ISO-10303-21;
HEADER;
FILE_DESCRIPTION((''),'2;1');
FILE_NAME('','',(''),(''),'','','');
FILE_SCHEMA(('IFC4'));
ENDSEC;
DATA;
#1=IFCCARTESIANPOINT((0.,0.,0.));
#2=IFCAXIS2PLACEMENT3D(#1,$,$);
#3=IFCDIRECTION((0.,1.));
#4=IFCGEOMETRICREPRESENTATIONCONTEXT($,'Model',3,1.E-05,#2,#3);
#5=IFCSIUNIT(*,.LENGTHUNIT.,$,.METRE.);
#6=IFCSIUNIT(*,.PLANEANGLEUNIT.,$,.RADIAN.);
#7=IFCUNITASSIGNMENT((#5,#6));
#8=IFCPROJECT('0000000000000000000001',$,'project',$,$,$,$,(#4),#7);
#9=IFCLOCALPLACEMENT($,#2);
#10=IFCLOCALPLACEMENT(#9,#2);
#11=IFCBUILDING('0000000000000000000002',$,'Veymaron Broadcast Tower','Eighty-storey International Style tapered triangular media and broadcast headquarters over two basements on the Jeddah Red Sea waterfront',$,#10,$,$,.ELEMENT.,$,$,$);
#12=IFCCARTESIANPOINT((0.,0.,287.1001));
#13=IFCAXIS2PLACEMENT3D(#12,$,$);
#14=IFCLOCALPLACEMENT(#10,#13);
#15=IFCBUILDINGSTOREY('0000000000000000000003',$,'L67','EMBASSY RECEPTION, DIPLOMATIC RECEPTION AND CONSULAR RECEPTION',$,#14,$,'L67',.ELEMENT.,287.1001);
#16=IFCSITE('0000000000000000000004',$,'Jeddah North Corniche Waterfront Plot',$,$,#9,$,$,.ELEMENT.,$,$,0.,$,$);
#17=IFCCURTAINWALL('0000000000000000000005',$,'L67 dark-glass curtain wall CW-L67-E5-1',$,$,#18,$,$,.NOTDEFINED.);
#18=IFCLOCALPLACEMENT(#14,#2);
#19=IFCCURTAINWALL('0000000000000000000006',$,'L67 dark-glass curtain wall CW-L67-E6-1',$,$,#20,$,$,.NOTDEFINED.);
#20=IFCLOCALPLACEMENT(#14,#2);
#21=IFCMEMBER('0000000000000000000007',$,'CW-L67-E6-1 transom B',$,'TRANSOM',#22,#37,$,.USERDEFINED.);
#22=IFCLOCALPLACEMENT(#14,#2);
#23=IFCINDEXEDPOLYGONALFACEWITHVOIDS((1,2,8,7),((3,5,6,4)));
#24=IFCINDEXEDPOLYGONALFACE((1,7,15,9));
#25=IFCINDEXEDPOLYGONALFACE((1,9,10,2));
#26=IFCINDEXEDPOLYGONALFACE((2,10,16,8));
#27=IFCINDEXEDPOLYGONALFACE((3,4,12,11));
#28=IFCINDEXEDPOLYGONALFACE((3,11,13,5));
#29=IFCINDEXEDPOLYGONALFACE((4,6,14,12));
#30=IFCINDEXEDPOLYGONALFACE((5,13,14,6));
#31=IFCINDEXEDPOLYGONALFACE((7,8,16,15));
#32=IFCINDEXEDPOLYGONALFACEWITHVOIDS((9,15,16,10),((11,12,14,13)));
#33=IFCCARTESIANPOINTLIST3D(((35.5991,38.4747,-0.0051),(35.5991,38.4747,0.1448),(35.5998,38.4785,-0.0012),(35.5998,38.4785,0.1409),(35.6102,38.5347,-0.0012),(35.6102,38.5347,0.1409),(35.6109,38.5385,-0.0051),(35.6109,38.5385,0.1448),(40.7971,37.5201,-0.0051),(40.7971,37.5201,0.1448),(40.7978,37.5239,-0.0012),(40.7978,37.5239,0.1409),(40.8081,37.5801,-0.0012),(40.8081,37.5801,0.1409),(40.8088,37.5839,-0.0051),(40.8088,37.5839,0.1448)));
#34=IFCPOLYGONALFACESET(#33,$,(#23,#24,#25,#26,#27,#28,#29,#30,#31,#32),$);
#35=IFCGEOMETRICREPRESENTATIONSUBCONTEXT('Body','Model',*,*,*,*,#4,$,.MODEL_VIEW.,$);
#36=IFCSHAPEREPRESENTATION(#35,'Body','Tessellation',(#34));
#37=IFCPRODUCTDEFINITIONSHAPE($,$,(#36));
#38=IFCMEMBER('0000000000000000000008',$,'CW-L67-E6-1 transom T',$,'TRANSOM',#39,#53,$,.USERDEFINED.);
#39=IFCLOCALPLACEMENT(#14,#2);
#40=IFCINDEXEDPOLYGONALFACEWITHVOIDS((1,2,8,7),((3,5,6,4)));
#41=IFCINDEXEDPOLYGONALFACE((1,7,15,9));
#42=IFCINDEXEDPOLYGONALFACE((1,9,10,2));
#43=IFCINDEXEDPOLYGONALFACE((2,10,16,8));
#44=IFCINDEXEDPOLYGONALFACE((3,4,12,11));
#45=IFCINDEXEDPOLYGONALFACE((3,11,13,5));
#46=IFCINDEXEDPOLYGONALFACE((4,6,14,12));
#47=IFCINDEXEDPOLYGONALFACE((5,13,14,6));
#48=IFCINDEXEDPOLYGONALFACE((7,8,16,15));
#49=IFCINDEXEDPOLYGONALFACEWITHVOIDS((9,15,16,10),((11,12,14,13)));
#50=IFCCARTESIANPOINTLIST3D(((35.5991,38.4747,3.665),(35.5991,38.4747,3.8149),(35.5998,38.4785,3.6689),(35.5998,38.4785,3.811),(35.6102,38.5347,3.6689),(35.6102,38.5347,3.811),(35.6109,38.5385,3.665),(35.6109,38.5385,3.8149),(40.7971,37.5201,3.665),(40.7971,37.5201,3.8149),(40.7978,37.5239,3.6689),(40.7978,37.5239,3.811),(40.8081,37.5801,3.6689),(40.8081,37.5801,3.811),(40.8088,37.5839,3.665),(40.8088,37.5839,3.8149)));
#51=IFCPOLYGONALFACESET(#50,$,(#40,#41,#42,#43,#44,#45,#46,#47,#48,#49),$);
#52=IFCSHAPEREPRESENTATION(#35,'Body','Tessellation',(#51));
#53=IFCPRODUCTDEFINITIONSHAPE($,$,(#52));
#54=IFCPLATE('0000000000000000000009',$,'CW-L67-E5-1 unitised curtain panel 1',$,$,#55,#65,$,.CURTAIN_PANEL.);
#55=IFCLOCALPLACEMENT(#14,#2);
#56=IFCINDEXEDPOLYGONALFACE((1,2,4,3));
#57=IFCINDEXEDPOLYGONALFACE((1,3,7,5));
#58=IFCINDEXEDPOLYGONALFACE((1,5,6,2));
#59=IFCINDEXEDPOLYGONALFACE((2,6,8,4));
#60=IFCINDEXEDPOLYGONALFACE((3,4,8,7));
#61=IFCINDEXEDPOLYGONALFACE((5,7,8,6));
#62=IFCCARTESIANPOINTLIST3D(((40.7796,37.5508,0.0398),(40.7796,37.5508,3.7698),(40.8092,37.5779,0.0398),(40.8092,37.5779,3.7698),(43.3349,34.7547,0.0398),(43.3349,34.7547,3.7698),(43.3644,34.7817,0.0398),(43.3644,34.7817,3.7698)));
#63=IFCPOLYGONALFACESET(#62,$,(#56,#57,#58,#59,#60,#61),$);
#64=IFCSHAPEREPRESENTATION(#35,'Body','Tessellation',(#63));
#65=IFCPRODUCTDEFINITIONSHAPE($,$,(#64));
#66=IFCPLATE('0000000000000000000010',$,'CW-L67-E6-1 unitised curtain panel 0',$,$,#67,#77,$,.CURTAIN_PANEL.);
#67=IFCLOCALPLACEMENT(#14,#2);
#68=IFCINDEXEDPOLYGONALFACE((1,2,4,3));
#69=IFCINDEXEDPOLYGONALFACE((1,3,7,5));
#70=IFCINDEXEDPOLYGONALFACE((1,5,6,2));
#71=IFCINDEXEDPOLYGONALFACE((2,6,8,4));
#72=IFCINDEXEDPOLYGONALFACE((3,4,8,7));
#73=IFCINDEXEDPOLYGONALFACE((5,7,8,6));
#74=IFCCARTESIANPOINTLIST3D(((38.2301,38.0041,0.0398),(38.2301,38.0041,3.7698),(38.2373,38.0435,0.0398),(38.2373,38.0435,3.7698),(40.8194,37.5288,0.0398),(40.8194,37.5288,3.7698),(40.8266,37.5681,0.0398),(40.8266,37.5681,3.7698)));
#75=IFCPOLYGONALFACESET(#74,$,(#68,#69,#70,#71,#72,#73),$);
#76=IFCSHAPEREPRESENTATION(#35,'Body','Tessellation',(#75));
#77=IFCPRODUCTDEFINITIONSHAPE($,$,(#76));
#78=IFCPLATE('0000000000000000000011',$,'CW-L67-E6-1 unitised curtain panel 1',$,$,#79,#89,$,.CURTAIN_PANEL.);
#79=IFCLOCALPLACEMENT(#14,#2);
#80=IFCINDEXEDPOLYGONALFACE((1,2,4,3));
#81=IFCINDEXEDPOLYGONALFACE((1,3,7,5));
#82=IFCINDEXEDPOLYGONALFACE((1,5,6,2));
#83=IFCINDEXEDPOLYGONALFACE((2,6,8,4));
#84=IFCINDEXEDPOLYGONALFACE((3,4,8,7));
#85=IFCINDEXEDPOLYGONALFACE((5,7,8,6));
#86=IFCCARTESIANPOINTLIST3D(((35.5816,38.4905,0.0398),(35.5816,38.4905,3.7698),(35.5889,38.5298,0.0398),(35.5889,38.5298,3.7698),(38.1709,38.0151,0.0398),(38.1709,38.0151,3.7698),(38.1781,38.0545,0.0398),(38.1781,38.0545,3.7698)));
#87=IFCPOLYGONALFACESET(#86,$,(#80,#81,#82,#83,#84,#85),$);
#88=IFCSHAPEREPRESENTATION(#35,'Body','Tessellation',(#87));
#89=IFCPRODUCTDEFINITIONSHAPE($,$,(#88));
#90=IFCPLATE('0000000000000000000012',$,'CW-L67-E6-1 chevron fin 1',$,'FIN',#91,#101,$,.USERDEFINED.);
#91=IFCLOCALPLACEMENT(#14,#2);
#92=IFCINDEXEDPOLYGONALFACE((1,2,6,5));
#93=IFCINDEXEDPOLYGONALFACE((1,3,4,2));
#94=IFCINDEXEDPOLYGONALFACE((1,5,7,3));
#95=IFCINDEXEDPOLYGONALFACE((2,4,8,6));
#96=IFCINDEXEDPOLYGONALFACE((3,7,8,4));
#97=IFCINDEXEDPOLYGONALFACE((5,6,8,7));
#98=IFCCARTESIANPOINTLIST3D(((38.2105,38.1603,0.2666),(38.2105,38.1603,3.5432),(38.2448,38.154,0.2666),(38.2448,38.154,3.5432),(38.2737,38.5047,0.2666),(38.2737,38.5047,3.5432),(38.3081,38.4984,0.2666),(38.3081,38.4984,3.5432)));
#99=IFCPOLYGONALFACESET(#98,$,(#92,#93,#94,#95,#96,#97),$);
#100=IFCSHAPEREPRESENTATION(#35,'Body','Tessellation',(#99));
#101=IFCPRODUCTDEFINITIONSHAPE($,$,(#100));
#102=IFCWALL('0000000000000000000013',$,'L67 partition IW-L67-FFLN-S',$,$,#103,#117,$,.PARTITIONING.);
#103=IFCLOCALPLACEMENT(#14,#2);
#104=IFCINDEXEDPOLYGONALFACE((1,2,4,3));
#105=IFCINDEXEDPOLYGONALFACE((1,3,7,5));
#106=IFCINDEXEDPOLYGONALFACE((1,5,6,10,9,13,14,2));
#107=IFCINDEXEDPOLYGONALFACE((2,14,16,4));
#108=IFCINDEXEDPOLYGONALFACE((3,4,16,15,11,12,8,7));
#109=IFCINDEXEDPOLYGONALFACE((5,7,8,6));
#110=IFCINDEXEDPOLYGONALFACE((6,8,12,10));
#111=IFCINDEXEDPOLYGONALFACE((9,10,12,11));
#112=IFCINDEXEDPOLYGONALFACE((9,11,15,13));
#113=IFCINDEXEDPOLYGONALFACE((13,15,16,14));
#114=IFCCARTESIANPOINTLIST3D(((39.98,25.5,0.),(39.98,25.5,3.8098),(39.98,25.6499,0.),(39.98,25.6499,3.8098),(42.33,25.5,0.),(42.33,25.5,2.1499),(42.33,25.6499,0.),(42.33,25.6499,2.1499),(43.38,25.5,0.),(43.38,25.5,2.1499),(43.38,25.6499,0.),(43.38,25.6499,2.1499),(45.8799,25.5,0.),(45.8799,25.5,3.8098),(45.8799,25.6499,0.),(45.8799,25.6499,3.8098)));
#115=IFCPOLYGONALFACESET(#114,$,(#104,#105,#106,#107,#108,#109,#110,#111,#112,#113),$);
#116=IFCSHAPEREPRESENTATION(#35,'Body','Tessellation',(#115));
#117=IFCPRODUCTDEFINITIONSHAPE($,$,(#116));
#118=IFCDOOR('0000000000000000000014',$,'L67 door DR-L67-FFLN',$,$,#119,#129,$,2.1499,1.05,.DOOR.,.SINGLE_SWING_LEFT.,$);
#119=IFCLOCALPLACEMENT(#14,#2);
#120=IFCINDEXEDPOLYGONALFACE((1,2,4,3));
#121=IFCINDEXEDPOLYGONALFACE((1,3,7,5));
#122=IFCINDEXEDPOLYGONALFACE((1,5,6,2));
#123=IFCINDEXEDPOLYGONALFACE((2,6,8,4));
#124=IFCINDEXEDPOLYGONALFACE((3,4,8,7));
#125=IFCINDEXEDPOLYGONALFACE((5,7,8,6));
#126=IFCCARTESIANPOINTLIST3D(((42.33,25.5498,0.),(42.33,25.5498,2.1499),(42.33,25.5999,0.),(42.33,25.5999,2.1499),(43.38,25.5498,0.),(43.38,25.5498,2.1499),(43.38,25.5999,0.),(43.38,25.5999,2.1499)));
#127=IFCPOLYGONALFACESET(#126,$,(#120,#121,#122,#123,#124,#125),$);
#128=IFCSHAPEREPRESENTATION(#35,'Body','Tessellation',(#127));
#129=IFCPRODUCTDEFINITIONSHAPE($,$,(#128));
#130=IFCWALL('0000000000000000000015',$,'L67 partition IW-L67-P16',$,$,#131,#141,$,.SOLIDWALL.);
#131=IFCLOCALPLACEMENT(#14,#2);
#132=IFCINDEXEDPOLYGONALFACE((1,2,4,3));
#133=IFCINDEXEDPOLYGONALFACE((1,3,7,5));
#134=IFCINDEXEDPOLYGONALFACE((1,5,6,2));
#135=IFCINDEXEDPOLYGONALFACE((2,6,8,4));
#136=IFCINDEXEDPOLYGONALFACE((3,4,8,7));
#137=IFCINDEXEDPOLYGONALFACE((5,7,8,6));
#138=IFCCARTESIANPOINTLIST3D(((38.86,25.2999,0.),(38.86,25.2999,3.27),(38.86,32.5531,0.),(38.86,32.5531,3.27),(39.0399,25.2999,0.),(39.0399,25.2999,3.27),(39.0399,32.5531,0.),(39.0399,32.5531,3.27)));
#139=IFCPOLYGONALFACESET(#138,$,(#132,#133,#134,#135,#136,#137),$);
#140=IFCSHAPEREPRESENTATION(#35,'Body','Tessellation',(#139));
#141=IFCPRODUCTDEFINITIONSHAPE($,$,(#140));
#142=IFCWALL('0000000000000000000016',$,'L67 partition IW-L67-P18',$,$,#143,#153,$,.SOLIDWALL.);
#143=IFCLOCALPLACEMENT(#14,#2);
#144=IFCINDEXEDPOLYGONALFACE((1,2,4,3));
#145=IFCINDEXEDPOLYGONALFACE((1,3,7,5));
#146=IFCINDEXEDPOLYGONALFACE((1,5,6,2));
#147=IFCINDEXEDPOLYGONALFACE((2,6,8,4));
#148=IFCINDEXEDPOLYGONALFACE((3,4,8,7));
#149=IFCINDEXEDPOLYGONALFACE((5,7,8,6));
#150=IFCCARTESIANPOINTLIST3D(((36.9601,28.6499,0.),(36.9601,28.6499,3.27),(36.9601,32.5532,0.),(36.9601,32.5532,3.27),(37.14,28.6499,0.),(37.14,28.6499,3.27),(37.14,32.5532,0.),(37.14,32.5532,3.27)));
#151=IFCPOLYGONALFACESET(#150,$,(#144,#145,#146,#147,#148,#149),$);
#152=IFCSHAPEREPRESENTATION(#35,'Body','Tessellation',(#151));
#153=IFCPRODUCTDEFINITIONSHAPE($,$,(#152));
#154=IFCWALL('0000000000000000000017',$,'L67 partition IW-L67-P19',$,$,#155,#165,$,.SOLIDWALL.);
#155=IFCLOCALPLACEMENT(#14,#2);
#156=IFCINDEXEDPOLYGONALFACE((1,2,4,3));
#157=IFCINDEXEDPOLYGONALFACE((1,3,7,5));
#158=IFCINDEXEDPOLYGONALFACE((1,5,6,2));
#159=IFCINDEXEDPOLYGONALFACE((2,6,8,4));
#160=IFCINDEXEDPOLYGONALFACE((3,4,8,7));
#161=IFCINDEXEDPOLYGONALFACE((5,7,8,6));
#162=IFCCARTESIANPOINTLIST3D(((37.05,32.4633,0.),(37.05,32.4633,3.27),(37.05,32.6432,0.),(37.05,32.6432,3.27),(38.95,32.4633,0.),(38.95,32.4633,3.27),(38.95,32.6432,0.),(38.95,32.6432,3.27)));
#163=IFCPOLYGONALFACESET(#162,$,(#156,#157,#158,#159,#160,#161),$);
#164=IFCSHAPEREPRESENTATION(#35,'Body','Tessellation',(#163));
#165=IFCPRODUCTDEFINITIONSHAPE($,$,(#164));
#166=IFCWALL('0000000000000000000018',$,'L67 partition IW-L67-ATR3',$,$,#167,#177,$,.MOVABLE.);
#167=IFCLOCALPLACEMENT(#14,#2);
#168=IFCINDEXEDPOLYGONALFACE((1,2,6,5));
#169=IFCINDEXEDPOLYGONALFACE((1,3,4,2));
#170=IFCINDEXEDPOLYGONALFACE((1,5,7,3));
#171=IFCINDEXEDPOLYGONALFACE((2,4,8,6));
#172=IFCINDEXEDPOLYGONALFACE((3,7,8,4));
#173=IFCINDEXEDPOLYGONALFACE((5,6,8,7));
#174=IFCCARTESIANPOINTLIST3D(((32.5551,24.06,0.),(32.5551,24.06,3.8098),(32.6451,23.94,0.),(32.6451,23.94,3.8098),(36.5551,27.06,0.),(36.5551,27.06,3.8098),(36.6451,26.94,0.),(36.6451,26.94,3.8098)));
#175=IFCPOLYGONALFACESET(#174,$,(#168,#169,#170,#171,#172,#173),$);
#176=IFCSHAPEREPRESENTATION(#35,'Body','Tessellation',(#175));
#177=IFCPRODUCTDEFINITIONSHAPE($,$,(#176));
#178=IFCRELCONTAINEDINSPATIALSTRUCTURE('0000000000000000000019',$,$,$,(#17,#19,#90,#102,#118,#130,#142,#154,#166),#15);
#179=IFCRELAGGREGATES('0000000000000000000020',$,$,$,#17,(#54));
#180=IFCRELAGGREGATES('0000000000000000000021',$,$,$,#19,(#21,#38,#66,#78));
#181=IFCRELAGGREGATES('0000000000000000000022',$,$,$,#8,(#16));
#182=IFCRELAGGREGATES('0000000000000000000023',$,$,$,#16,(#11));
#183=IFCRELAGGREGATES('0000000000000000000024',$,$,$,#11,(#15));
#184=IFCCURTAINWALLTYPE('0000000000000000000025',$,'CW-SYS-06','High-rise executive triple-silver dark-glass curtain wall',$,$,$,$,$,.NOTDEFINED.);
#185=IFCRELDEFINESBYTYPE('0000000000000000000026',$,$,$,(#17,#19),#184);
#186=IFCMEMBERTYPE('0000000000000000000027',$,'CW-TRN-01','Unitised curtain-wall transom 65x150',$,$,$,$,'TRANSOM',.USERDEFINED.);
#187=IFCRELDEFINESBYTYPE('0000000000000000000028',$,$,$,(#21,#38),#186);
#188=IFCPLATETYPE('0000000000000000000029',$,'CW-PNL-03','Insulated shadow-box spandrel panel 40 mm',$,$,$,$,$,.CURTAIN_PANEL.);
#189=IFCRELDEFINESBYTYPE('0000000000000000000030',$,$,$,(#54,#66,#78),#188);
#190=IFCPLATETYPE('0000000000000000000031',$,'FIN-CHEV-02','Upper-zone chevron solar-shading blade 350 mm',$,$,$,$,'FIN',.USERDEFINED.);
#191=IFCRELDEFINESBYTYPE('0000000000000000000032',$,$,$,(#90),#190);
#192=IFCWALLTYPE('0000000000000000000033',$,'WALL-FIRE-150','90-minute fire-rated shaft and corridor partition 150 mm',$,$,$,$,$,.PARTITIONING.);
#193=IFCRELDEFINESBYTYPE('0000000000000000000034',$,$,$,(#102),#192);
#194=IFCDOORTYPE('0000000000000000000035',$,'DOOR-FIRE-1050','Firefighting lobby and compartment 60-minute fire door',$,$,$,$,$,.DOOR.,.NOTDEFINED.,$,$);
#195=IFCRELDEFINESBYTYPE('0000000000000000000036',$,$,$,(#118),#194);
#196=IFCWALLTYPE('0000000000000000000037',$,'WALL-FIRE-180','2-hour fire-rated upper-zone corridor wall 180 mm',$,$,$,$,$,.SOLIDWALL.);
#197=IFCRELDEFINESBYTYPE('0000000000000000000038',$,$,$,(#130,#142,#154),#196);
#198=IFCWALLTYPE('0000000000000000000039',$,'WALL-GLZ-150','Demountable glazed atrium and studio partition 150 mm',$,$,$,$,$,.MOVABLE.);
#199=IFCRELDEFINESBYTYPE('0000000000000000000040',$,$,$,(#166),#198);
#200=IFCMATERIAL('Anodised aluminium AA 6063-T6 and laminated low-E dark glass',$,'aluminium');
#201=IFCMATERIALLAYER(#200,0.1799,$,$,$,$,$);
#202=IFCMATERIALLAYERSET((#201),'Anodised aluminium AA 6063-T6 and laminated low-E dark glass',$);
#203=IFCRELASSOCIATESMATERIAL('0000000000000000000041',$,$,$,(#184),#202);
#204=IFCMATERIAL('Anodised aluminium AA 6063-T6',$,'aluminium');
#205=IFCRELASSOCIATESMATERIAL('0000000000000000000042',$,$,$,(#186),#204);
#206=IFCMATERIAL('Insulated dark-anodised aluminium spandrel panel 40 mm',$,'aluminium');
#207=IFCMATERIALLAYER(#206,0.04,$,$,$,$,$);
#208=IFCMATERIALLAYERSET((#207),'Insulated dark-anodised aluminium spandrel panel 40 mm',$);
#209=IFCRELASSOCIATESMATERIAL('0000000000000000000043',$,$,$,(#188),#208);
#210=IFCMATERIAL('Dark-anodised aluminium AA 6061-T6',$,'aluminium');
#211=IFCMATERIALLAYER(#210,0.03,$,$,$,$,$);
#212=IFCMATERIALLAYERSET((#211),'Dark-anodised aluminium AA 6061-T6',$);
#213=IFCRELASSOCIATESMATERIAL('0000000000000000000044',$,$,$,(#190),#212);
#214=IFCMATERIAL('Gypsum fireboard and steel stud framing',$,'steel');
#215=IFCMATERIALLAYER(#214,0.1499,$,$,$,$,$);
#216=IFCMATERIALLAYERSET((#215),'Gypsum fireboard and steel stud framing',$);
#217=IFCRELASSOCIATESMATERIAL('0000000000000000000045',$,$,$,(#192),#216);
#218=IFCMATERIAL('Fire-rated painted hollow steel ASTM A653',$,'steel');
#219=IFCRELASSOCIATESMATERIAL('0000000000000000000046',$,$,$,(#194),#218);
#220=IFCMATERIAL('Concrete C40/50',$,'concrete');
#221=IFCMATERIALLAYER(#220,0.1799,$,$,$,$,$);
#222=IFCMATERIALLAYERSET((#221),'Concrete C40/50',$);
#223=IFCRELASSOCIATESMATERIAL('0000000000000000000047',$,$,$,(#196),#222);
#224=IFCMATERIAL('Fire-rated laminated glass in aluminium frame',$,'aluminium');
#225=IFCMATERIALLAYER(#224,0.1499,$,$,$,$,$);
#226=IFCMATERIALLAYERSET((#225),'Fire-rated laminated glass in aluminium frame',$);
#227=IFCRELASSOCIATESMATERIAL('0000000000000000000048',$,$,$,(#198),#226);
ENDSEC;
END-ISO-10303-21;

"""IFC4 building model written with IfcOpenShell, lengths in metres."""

from ifc_helpers import new_model, si_unit, direction, frame, frame_2d, origin, origin_2d, place, context, subcontext, project, spatial, rectangle, hollow_rectangle, extrude, material, layer, layer_set, material_profile, profile_set, type_object, element, fill, aggregate, save


model = new_model("IFC4")

# Units and contexts
model_context = context("Model", 3, precision=1e-05, world=origin(), true_north=direction((0.0, 1.0)))
body_context = subcontext(model_context, "Body", "Model", "MODEL_VIEW")
ifc_project = project(units=[si_unit("LENGTHUNIT", "METRE"), si_unit("PLANEANGLEUNIT", "RADIAN")], contexts=[model_context])

# Site, building, storey
site_placement = place(None, origin())
site = spatial("IfcSite", under=ifc_project, at=site_placement, Name="Jeddah North Corniche Waterfront Plot", CompositionType="ELEMENT", RefElevation=0.0)
building_placement = place(site_placement, origin())
building = spatial("IfcBuilding", under=site, at=building_placement, Name="Veymaron Broadcast Tower", Description="Eighty-storey International Style tapered triangular media and broadcast headquarters over two basements on the Jeddah Red Sea waterfront", CompositionType="ELEMENT")
storey_placement = place(building_placement, frame((0.0, 0.0, 287.1001)))
storey = spatial("IfcBuildingStorey", under=building, at=storey_placement, Name="L67", Description="EMBASSY RECEPTION, DIPLOMATIC RECEPTION AND CONSULAR RECEPTION", LongName="L67", CompositionType="ELEMENT", Elevation=287.1001)

# Curtain walls, members
ifc_material_1 = material(Name="Anodised aluminium AA 6063-T6 and laminated low-E dark glass", Category="aluminium")
ifc_layer_1 = layer(ifc_material_1, 0.1799)
ifc_layer_set_1 = layer_set([ifc_layer_1], Name="Anodised aluminium AA 6063-T6 and laminated low-E dark glass")
curtain_wall_type = type_object("IfcCurtainWallType", Name="CW-SYS-06", Description="High-rise executive triple-silver dark-glass curtain wall", PredefinedType="NOTDEFINED", material=ifc_layer_set_1)
curtain_wall_1_placement = place(storey_placement, origin())
curtain_wall_1 = element("IfcCurtainWall", 1, at=curtain_wall_1_placement, inside=storey, type_object=curtain_wall_type, Name="L67 dark-glass curtain wall CW-L67-E5-1", PredefinedType="NOTDEFINED")
ifc_material_2 = material(Name="Anodised aluminium AA 6063-T6", Category="aluminium")
curtain_wall_2_placement = place(storey_placement, origin())
curtain_wall_2 = element("IfcCurtainWall", 2, at=curtain_wall_2_placement, inside=storey, type_object=curtain_wall_type, Name="L67 dark-glass curtain wall CW-L67-E6-1", PredefinedType="NOTDEFINED")
ifc_material_profile_1 = material_profile(ifc_material_2, hollow_rectangle(XDim=0.0649, YDim=0.1499, WallThickness=0.0039, at=origin_2d()), Name="AL150X65X4")
ifc_profile_set_1 = profile_set([ifc_material_profile_1], Name="Anodised aluminium AA 6063-T6")
member_type_1 = type_object("IfcMemberType", Name="CW-TRN-01", Description="Unitised curtain-wall transom 65x150", ElementType="TRANSOM", PredefinedType="USERDEFINED", material=ifc_profile_set_1)
member_1_placement = place(storey_placement, frame((40.803, 37.552, 0.0698), z_axis=(-0.983552, 0.180625, 0.0), x_axis=(-0.180625, -0.983552, 0.0)))
member_1 = element("IfcMember", 3, at=member_1_placement, type_object=member_type_1, Name="CW-L67-E6-1 transom B", ObjectType="TRANSOM", PredefinedType="USERDEFINED", context=body_context, shape_type="SweptSolid", body=[
    extrude(hollow_rectangle(XDim=0.0649, YDim=0.1499, WallThickness=0.0039, at=origin_2d()), origin(), (0.0, 0.0, 1.0), 5.2849),
])
member_2_placement = place(storey_placement, frame((40.803, 37.552, 3.74), z_axis=(-0.983552, 0.180625, 0.0), x_axis=(-0.180625, -0.983552, 0.0)))
member_2 = element("IfcMember", 4, at=member_2_placement, type_object=member_type_1, Name="CW-L67-E6-1 transom T", ObjectType="TRANSOM", PredefinedType="USERDEFINED", context=body_context, shape_type="SweptSolid", body=[
    extrude(hollow_rectangle(XDim=0.0649, YDim=0.1499, WallThickness=0.0039, at=origin_2d()), origin(), (0.0, 0.0, 1.0), 5.2849),
])

# Plates
ifc_material_3 = material(Name="Insulated dark-anodised aluminium spandrel panel 40 mm", Category="aluminium")
ifc_layer_2 = layer(ifc_material_3, 0.04)
ifc_layer_set_2 = layer_set([ifc_layer_2], Name="Insulated dark-anodised aluminium spandrel panel 40 mm")
plate_type_1 = type_object("IfcPlateType", Name="CW-PNL-03", Description="Insulated shadow-box spandrel panel 40 mm", PredefinedType="CURTAIN_PANEL", material=ifc_layer_set_2)
plate_1_placement = place(storey_placement, frame((42.072, 36.1663, 0.0398), z_axis=(0.0, 0.0, 1.0), x_axis=(-0.674586, 0.738196, 0.0)))
plate_1 = element("IfcPlate", 5, at=plate_1_placement, type_object=plate_type_1, Name="CW-L67-E5-1 unitised curtain panel 1", PredefinedType="CURTAIN_PANEL", context=body_context, shape_type="SweptSolid", body=[
    extrude(rectangle(XDim=3.7878, YDim=0.04, at=origin_2d()), origin(), (0.0, 0.0, 1.0), 3.73),
])
aggregate(curtain_wall_1, [plate_1])
plate_2_placement = place(storey_placement, frame((39.5283, 37.7861, 0.0398), z_axis=(0.0, 0.0, 1.0), x_axis=(-0.983562, 0.180571, 0.0)))
plate_2 = element("IfcPlate", 6, at=plate_2_placement, type_object=plate_type_1, Name="CW-L67-E6-1 unitised curtain panel 0", PredefinedType="CURTAIN_PANEL", context=body_context, shape_type="SweptSolid", body=[
    extrude(rectangle(XDim=2.6326, YDim=0.04, at=origin_2d()), origin(), (0.0, 0.0, 1.0), 3.73),
])
plate_3_placement = place(storey_placement, frame((36.8799, 38.2725, 0.0398), z_axis=(0.0, 0.0, 1.0), x_axis=(-0.983562, 0.180571, 0.0)))
plate_3 = element("IfcPlate", 7, at=plate_3_placement, type_object=plate_type_1, Name="CW-L67-E6-1 unitised curtain panel 1", PredefinedType="CURTAIN_PANEL", context=body_context, shape_type="SweptSolid", body=[
    extrude(rectangle(XDim=2.6326, YDim=0.04, at=origin_2d()), origin(), (0.0, 0.0, 1.0), 3.73),
])
aggregate(curtain_wall_2, [member_1, member_2, plate_2, plate_3])
ifc_material_4 = material(Name="Dark-anodised aluminium AA 6061-T6", Category="aluminium")
ifc_layer_3 = layer(ifc_material_4, 0.03)
ifc_layer_set_3 = layer_set([ifc_layer_3], Name="Dark-anodised aluminium AA 6061-T6")
plate_type_2 = type_object("IfcPlateType", Name="FIN-CHEV-02", Description="Upper-zone chevron solar-shading blade 350 mm", ElementType="FIN", PredefinedType="USERDEFINED", material=ifc_layer_set_3)
plate_4_placement = place(storey_placement, frame((38.2593, 38.3293, 0.2666), z_axis=(0.0, 0.0, 1.0), x_axis=(0.180571, 0.983562, 0.0)))
element("IfcPlate", 8, at=plate_4_placement, inside=storey, type_object=plate_type_2, Name="CW-L67-E6-1 chevron fin 1", ObjectType="FIN", PredefinedType="USERDEFINED", context=body_context, shape_type="SweptSolid", body=[
    extrude(rectangle(XDim=0.3501, YDim=0.0349, at=origin_2d()), origin(), (0.0, 0.0, 1.0), 3.2766),
])

# Wall, opening, door
ifc_material_5 = material(Name="Gypsum fireboard and steel stud framing", Category="steel")
ifc_layer_4 = layer(ifc_material_5, 0.1499)
ifc_layer_set_4 = layer_set([ifc_layer_4], Name="Gypsum fireboard and steel stud framing")
wall_type_1 = type_object("IfcWallType", Name="WALL-FIRE-150", Description="90-minute fire-rated shaft and corridor partition 150 mm", PredefinedType="PARTITIONING", material=ifc_layer_set_4)
wall_1_placement = place(storey_placement, frame((39.98, 25.575, 0.0), z_axis=(0.0, 0.0, 1.0), x_axis=(1.0, 0.0, 0.0)))
wall_1 = element("IfcWall", 9, at=wall_1_placement, inside=storey, type_object=wall_type_1, Name="L67 partition IW-L67-FFLN-S", PredefinedType="PARTITIONING", context=body_context, shape_type="SweptSolid", body=[
    extrude(rectangle(XDim=5.8999, YDim=0.1499, at=frame_2d((2.95, 0.0))), origin(), (0.0, 0.0, 1.0), 3.8098),
])
opening_1_placement = place(wall_1_placement, frame((2.3501, 0.0, 0.0)))
opening_1 = element("IfcOpeningElement", 10, at=opening_1_placement, cuts=wall_1, PredefinedType="OPENING", context=body_context, shape_type="SweptSolid", body=[
    extrude(rectangle(XDim=1.05, YDim=2.1499, at=frame_2d((0.5249, 1.075))), frame((0.0, 0.085, 0.0), z_axis=(0.0, -1.0, 0.0), x_axis=(1.0, 0.0, 0.0)), (0.0, 0.0, 1.0), 0.1699),
])
ifc_material_6 = material(Name="Fire-rated painted hollow steel ASTM A653", Category="steel")
door_type_1 = type_object("IfcDoorType", Name="DOOR-FIRE-1050", Description="Firefighting lobby and compartment 60-minute fire door", OperationType="NOTDEFINED", PredefinedType="DOOR", material=ifc_material_6)
door_1_placement = place(opening_1_placement, origin())
door_1 = element("IfcDoor", 11, at=door_1_placement, inside=storey, type_object=door_type_1, Name="L67 door DR-L67-FFLN", OperationType="SINGLE_SWING_LEFT", OverallHeight=2.1499, OverallWidth=1.05, PredefinedType="DOOR", context=body_context, shape_type="SweptSolid", body=[
    extrude(rectangle(XDim=1.05, YDim=2.1499, at=frame_2d((0.5249, 1.075))), frame((0.0, 0.0249, 0.0), z_axis=(0.0, -1.0, 0.0), x_axis=(1.0, 0.0, 0.0)), (0.0, 0.0, 1.0), 0.05),
])
fill(opening_1, door_1)

# Walls
ifc_material_7 = material(Name="Concrete C40/50", Category="concrete")
ifc_layer_5 = layer(ifc_material_7, 0.1799)
ifc_layer_set_5 = layer_set([ifc_layer_5], Name="Concrete C40/50")
wall_type_2 = type_object("IfcWallType", Name="WALL-FIRE-180", Description="2-hour fire-rated upper-zone corridor wall 180 mm", PredefinedType="SOLIDWALL", material=ifc_layer_set_5)
wall_2_placement = place(storey_placement, frame((38.95, 25.3, 0.0), z_axis=(0.0, 0.0, 1.0), x_axis=(0.0, 1.0, 0.0)))
element("IfcWall", 12, at=wall_2_placement, inside=storey, type_object=wall_type_2, Name="L67 partition IW-L67-P16", PredefinedType="SOLIDWALL", context=body_context, shape_type="SweptSolid", body=[
    extrude(rectangle(XDim=7.2532, YDim=0.1799, at=frame_2d((3.6265, 0.0))), origin(), (0.0, 0.0, 1.0), 3.27),
])
wall_3_placement = place(storey_placement, frame((37.05, 28.6499, 0.0), z_axis=(0.0, 0.0, 1.0), x_axis=(0.0, 1.0, 0.0)))
element("IfcWall", 13, at=wall_3_placement, inside=storey, type_object=wall_type_2, Name="L67 partition IW-L67-P18", PredefinedType="SOLIDWALL", context=body_context, shape_type="SweptSolid", body=[
    extrude(rectangle(XDim=3.9033, YDim=0.1799, at=frame_2d((1.9517, 0.0))), origin(), (0.0, 0.0, 1.0), 3.27),
])
wall_4_placement = place(storey_placement, frame((37.05, 32.5532, 0.0), z_axis=(0.0, 0.0, 1.0), x_axis=(1.0, 0.0, 0.0)))
element("IfcWall", 14, at=wall_4_placement, inside=storey, type_object=wall_type_2, Name="L67 partition IW-L67-P19", PredefinedType="SOLIDWALL", context=body_context, shape_type="SweptSolid", body=[
    extrude(rectangle(XDim=1.8999, YDim=0.1799, at=frame_2d((0.95, 0.0))), origin(), (0.0, 0.0, 1.0), 3.27),
])
ifc_material_8 = material(Name="Fire-rated laminated glass in aluminium frame", Category="aluminium")
ifc_layer_6 = layer(ifc_material_8, 0.1499)
ifc_layer_set_6 = layer_set([ifc_layer_6], Name="Fire-rated laminated glass in aluminium frame")
wall_type_3 = type_object("IfcWallType", Name="WALL-GLZ-150", Description="Demountable glazed atrium and studio partition 150 mm", PredefinedType="MOVABLE", material=ifc_layer_set_6)
wall_5_placement = place(storey_placement, frame((36.6001, 27.0, 0.0), z_axis=(0.0, 0.0, 1.0), x_axis=(-0.8, -0.6, 0.0)))
element("IfcWall", 15, at=wall_5_placement, inside=storey, type_object=wall_type_3, Name="L67 partition IW-L67-ATR3", PredefinedType="MOVABLE", context=body_context, shape_type="SweptSolid", body=[
    extrude(rectangle(XDim=5.0, YDim=0.1499, at=frame_2d((2.5, 0.0))), origin(), (0.0, 0.0, 1.0), 3.8098),
])

save(model, "model.ifc")
